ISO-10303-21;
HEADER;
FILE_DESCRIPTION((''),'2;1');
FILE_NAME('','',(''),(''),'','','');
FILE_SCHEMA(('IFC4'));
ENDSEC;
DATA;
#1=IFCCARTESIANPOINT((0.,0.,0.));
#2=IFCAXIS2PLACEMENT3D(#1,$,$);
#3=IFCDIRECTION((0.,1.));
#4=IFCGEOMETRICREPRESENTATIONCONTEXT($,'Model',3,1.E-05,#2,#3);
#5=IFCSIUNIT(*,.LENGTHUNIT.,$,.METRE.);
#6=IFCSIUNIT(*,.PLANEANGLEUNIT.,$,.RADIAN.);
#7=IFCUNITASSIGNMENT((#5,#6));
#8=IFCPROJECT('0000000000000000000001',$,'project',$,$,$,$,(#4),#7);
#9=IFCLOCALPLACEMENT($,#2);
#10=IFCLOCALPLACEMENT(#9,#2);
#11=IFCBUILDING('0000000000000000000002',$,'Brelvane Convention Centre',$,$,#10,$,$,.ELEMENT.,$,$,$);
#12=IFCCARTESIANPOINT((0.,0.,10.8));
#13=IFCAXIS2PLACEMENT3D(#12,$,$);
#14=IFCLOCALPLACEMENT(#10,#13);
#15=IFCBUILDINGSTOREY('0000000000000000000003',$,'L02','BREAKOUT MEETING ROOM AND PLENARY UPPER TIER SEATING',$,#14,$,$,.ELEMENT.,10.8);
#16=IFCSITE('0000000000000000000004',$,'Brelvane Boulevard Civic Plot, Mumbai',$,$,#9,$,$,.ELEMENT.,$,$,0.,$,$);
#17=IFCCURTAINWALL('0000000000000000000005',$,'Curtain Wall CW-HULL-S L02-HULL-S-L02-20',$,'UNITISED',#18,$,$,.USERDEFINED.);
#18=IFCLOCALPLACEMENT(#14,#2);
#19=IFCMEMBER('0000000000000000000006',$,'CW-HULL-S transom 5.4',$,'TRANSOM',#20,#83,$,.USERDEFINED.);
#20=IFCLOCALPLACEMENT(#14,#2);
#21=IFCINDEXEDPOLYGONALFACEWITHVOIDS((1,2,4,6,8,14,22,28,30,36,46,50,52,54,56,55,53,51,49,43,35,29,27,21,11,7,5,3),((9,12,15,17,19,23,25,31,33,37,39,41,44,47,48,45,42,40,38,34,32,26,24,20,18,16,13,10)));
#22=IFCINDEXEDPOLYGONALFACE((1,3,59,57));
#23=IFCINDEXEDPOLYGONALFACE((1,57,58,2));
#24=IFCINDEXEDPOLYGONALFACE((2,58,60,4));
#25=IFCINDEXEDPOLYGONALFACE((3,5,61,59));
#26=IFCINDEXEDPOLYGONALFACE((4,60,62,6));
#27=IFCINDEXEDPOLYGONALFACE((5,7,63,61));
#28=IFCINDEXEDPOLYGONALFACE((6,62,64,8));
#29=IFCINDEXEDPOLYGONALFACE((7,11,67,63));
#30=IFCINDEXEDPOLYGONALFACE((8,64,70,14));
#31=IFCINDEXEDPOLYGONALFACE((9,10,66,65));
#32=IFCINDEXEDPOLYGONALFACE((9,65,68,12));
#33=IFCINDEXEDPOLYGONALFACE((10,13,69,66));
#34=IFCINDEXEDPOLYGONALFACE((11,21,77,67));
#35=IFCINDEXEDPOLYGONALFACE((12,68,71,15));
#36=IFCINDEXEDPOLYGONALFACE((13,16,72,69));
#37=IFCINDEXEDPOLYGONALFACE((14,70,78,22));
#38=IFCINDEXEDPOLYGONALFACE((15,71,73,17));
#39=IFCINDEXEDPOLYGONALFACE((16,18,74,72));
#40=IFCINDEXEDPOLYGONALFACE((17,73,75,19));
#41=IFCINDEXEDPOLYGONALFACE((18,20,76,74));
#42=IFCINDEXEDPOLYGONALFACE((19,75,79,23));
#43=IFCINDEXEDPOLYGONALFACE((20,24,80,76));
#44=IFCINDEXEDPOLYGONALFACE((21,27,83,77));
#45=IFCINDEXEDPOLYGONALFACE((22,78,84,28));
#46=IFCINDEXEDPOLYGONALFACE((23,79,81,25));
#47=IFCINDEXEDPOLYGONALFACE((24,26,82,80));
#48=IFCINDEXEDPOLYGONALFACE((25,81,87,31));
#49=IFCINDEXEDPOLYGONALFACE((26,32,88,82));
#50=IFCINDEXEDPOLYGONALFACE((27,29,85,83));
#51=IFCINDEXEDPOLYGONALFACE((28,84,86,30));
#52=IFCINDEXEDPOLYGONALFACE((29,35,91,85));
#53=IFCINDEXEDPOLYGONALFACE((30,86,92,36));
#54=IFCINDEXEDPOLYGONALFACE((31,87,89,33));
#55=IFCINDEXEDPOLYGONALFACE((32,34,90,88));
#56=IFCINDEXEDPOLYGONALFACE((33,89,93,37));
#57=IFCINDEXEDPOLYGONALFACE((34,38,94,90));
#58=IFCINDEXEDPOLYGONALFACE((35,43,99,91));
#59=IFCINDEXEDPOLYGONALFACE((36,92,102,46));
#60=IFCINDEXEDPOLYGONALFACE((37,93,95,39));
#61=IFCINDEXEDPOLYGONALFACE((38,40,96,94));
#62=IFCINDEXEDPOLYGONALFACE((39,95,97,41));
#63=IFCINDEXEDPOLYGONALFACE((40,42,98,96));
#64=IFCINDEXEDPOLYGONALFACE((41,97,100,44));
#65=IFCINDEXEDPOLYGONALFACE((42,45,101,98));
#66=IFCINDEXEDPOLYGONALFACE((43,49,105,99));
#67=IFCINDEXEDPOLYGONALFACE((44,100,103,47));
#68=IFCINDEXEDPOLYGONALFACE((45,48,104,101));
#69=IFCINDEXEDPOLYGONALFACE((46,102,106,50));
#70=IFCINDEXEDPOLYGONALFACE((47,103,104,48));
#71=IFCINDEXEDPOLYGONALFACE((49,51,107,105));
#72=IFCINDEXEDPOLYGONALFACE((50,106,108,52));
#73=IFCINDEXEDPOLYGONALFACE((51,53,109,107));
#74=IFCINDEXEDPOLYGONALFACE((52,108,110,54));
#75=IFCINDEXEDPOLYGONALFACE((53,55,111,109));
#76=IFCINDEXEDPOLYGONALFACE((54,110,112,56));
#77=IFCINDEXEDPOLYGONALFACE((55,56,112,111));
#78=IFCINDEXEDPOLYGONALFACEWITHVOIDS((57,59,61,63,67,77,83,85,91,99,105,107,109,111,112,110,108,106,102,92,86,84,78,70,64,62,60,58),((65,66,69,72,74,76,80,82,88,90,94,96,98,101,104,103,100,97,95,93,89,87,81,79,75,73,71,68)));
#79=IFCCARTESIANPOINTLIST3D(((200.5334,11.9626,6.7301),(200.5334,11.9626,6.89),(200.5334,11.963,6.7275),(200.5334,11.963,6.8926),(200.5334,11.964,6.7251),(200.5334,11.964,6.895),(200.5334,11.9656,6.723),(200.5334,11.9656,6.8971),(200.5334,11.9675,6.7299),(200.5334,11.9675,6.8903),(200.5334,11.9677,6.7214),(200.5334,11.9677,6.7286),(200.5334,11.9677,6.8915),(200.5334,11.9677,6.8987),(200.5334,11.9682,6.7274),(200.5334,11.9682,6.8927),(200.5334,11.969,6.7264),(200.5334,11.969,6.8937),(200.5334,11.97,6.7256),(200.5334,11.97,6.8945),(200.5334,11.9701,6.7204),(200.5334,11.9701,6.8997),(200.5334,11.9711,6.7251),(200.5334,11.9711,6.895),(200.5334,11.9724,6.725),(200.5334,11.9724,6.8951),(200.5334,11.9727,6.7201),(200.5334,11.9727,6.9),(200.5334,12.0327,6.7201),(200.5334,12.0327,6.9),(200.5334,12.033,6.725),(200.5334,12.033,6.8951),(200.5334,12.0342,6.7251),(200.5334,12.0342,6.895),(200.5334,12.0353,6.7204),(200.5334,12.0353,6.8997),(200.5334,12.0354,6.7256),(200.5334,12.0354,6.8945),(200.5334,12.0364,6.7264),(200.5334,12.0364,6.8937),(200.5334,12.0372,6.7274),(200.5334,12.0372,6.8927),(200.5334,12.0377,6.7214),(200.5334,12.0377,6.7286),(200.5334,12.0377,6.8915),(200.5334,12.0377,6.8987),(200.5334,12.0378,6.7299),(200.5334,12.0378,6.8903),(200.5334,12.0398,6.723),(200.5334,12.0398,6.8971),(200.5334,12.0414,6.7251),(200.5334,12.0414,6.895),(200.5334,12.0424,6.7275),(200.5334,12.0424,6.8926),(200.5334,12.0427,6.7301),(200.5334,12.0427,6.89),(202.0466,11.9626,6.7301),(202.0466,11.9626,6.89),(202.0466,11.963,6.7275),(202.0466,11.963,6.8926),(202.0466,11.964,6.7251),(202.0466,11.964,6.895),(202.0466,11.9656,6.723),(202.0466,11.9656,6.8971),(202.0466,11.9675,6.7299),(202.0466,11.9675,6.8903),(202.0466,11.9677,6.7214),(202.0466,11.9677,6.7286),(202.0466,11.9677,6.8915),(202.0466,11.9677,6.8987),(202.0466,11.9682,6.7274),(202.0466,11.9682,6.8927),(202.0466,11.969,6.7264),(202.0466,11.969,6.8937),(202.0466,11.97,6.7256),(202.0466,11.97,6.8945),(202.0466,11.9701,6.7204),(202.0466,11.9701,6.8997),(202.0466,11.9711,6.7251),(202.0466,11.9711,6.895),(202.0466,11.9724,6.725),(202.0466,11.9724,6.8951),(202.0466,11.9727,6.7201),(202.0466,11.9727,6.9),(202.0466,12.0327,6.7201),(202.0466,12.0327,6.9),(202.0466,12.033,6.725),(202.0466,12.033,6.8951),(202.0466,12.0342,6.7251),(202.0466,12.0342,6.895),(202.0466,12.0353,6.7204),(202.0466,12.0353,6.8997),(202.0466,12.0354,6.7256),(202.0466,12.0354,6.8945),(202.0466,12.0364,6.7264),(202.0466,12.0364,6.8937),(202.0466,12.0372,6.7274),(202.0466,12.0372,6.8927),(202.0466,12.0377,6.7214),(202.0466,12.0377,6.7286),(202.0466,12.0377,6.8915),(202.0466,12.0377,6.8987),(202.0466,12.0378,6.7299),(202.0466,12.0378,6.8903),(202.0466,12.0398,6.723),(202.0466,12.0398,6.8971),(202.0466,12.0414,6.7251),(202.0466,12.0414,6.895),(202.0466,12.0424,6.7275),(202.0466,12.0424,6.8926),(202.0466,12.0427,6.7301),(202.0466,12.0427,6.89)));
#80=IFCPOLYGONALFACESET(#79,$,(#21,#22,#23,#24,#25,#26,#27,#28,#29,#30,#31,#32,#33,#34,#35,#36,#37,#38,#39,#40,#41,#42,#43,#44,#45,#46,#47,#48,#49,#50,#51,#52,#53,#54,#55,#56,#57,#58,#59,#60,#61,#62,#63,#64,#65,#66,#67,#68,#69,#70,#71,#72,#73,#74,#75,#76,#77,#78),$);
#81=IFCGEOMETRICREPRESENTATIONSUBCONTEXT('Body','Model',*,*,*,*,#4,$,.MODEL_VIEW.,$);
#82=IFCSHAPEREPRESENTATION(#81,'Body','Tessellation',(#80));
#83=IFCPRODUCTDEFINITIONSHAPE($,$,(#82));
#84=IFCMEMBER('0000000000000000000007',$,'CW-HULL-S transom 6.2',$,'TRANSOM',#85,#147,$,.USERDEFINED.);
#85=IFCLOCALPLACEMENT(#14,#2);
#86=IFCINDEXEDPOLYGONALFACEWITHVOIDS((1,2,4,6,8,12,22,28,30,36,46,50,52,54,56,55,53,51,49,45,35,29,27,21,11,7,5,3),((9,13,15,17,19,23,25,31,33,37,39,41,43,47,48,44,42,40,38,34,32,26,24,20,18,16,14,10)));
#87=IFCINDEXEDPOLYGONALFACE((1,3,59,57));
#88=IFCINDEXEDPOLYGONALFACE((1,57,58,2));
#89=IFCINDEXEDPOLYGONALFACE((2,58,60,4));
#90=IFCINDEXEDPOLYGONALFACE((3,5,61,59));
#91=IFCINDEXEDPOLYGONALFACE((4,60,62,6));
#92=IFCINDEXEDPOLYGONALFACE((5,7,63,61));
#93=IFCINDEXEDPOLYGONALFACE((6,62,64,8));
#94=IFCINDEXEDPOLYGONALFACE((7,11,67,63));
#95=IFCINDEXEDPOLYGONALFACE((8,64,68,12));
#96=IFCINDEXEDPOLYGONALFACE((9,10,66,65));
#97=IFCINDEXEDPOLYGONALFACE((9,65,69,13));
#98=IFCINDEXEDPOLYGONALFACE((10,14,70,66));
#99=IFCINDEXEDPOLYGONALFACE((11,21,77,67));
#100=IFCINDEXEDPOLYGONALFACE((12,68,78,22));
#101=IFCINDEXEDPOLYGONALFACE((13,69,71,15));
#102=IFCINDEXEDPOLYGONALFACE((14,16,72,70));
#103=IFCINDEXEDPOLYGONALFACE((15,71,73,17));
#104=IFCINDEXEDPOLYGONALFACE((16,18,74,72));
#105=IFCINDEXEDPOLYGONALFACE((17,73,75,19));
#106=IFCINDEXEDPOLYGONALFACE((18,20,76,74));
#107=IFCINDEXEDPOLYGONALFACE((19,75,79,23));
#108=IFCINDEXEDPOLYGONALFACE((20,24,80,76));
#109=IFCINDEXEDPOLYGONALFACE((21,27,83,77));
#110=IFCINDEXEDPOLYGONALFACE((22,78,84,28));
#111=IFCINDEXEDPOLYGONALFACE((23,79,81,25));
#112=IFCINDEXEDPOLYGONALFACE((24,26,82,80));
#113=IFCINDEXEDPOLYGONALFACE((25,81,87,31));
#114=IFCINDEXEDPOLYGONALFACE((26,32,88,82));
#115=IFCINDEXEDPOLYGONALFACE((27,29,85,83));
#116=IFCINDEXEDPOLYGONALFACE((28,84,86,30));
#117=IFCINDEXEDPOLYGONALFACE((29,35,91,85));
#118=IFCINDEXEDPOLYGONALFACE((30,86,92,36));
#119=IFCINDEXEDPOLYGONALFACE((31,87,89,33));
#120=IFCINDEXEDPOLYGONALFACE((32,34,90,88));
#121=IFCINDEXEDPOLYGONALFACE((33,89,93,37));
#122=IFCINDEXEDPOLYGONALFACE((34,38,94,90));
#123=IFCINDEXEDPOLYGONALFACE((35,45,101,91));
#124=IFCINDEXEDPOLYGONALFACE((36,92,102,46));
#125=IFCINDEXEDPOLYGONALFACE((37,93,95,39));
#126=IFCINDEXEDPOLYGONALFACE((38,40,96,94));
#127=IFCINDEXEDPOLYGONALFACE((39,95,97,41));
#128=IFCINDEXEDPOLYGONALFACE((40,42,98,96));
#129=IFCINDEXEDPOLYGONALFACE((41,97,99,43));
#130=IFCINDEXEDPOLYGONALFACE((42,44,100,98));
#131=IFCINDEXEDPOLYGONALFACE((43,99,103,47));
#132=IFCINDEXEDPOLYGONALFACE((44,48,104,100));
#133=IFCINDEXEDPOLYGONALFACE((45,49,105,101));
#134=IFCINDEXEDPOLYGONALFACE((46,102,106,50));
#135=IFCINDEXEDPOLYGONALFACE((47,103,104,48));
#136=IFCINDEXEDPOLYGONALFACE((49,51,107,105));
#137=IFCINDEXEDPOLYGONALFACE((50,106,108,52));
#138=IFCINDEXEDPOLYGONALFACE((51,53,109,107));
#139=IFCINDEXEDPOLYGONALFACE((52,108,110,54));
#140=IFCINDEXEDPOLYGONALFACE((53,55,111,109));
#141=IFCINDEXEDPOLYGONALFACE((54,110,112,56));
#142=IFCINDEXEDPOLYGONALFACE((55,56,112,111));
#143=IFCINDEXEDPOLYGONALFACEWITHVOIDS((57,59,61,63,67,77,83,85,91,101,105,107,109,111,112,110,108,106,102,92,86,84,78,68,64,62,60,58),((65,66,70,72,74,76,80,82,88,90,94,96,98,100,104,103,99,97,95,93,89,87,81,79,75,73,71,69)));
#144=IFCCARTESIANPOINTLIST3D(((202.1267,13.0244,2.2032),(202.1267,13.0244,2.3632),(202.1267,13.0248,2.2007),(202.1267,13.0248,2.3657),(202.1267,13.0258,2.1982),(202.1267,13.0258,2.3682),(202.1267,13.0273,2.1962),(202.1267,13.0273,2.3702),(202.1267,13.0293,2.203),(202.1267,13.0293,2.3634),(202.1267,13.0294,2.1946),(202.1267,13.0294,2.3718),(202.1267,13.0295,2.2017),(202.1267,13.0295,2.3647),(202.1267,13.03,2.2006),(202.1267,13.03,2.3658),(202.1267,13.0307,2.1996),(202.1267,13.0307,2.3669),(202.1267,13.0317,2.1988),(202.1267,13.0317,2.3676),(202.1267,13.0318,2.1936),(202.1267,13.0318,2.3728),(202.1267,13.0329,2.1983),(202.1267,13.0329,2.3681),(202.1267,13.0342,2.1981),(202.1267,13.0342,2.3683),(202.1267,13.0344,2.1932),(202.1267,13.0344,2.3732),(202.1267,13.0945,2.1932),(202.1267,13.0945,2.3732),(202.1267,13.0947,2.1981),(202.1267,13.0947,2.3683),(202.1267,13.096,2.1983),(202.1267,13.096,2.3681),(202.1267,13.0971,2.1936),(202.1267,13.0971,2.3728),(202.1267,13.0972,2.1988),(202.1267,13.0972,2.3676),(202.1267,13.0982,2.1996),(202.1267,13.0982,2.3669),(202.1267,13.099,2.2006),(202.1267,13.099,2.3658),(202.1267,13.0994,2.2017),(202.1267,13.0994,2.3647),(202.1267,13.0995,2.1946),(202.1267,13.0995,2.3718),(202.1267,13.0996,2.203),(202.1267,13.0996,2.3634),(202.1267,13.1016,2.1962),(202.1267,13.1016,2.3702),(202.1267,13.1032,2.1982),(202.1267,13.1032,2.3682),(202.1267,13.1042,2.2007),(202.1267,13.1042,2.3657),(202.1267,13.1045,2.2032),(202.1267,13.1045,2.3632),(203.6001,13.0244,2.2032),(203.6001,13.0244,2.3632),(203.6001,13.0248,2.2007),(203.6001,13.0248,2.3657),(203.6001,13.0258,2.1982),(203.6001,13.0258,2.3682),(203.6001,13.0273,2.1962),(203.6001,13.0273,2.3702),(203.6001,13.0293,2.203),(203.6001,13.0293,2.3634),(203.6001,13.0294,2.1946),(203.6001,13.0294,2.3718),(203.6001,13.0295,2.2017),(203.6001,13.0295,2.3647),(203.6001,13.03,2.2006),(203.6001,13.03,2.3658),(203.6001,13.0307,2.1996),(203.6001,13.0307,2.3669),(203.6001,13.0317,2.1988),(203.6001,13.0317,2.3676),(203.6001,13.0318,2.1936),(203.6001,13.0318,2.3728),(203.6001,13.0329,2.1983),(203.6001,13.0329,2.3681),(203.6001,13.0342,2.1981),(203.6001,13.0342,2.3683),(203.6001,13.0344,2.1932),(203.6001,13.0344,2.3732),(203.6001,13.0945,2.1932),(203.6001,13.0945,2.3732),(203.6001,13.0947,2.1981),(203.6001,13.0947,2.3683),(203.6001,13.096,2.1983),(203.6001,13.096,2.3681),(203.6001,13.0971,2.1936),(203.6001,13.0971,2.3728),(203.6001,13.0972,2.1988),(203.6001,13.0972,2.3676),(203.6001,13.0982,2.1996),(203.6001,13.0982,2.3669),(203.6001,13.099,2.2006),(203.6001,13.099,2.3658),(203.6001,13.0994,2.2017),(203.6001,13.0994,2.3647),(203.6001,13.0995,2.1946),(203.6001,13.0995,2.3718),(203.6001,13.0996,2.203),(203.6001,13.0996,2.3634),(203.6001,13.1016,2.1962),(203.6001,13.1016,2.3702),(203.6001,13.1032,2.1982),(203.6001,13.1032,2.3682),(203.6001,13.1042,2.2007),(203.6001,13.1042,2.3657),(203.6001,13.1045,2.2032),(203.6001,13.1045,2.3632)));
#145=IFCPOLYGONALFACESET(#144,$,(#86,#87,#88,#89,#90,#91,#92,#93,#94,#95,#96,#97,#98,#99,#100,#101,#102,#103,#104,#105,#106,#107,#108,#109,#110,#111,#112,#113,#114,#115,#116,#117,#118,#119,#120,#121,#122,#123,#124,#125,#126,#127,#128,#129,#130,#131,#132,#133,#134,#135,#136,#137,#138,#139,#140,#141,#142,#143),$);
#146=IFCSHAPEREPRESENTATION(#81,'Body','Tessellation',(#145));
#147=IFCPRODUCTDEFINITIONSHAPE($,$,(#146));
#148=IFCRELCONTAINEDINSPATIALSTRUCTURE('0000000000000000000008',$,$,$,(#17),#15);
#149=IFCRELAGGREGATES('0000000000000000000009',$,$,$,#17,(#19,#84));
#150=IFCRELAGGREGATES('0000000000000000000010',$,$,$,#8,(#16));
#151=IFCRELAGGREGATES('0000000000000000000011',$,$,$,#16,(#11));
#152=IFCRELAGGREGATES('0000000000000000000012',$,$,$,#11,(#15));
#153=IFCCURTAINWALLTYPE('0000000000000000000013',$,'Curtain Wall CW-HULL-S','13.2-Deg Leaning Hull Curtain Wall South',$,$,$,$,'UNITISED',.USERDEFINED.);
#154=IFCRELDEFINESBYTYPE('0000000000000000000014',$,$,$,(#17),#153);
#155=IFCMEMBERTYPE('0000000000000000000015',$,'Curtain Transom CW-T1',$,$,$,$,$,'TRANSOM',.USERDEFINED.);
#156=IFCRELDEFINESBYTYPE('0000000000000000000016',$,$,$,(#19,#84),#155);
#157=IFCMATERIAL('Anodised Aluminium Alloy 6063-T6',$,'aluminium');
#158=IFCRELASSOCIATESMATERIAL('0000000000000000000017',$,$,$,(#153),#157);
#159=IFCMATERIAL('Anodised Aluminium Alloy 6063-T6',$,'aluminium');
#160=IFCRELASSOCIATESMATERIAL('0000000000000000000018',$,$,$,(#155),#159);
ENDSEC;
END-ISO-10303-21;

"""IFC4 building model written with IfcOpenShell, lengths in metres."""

from ifc_helpers import new_model, si_unit, direction, frame, origin, origin_2d, place, context, subcontext, project, spatial, hollow_rectangle, extrude, material, material_profile, profile_set, type_object, element, aggregate, save


model = new_model("IFC4")

# Units and contexts
model_context = context("Model", 3, precision=1e-05, world=origin(), true_north=direction((0.0, 1.0)))
body_context = subcontext(model_context, "Body", "Model", "MODEL_VIEW")
ifc_project = project(units=[si_unit("LENGTHUNIT", "METRE"), si_unit("PLANEANGLEUNIT", "RADIAN")], contexts=[model_context])

# Site, building, storey
site_placement = place(None, origin())
site = spatial("IfcSite", under=ifc_project, at=site_placement, Name="Brelvane Boulevard Civic Plot, Mumbai", CompositionType="ELEMENT", RefElevation=0.0)
building_placement = place(site_placement, origin())
building = spatial("IfcBuilding", under=site, at=building_placement, Name="Brelvane Convention Centre", CompositionType="ELEMENT")
storey_placement = place(building_placement, frame((0.0, 0.0, 10.8)))
storey = spatial("IfcBuildingStorey", under=building, at=storey_placement, Name="L02", Description="BREAKOUT MEETING ROOM AND PLENARY UPPER TIER SEATING", CompositionType="ELEMENT", Elevation=10.8)

# Curtain wall, members
ifc_material_1 = material(Name="Anodised Aluminium Alloy 6063-T6", Category="aluminium")
curtain_wall_type = type_object("IfcCurtainWallType", Name="Curtain Wall CW-HULL-S", Description="13.2-Deg Leaning Hull Curtain Wall South", ElementType="UNITISED", PredefinedType="USERDEFINED", material=ifc_material_1)
curtain_wall_1_placement = place(storey_placement, origin())
curtain_wall_1 = element("IfcCurtainWall", 1, at=curtain_wall_1_placement, inside=storey, type_object=curtain_wall_type, Name="Curtain Wall CW-HULL-S L02-HULL-S-L02-20", ObjectType="UNITISED", PredefinedType="USERDEFINED")
ifc_material_2 = material(Name="Anodised Aluminium Alloy 6063-T6", Category="aluminium")
ifc_material_profile = material_profile(ifc_material_2, hollow_rectangle(XDim=0.0801, YDim=0.1799, WallThickness=0.0049, InnerFilletRadius=0.0049, OuterFilletRadius=0.01, at=origin_2d()), Name="ALU-T 180x80x5.0")
ifc_profile_set = profile_set([ifc_material_profile], Name="Anodised Aluminium Alloy 6063-T6")
member_type = type_object("IfcMemberType", Name="Curtain Transom CW-T1", ElementType="TRANSOM", PredefinedType="USERDEFINED", material=ifc_profile_set)
member_1_placement = place(storey_placement, frame((200.5334, 12.0027, 6.8101), z_axis=(1.0, 0.0, 0.0), x_axis=(0.0, 1.0, 0.0)))
member_1 = element("IfcMember", 2, at=member_1_placement, type_object=member_type, Name="CW-HULL-S transom 5.4", ObjectType="TRANSOM", PredefinedType="USERDEFINED", context=body_context, shape_type="SweptSolid", body=[
    extrude(hollow_rectangle(XDim=0.0801, YDim=0.1799, WallThickness=0.0049, InnerFilletRadius=0.0049, OuterFilletRadius=0.01, at=origin_2d()), origin(), (0.0, 0.0, 1.0), 1.5132),
])
member_2_placement = place(storey_placement, frame((202.1267, 13.0645, 2.2832), z_axis=(1.0, 0.0, 0.0), x_axis=(0.0, 1.0, 0.0)))
member_2 = element("IfcMember", 3, at=member_2_placement, type_object=member_type, Name="CW-HULL-S transom 6.2", ObjectType="TRANSOM", PredefinedType="USERDEFINED", context=body_context, shape_type="SweptSolid", body=[
    extrude(hollow_rectangle(XDim=0.0801, YDim=0.1799, WallThickness=0.0049, InnerFilletRadius=0.0049, OuterFilletRadius=0.01, at=origin_2d()), origin(), (0.0, 0.0, 1.0), 1.4734),
])

aggregate(curtain_wall_1, [member_1, member_2])

save(model, "model.ifc")
